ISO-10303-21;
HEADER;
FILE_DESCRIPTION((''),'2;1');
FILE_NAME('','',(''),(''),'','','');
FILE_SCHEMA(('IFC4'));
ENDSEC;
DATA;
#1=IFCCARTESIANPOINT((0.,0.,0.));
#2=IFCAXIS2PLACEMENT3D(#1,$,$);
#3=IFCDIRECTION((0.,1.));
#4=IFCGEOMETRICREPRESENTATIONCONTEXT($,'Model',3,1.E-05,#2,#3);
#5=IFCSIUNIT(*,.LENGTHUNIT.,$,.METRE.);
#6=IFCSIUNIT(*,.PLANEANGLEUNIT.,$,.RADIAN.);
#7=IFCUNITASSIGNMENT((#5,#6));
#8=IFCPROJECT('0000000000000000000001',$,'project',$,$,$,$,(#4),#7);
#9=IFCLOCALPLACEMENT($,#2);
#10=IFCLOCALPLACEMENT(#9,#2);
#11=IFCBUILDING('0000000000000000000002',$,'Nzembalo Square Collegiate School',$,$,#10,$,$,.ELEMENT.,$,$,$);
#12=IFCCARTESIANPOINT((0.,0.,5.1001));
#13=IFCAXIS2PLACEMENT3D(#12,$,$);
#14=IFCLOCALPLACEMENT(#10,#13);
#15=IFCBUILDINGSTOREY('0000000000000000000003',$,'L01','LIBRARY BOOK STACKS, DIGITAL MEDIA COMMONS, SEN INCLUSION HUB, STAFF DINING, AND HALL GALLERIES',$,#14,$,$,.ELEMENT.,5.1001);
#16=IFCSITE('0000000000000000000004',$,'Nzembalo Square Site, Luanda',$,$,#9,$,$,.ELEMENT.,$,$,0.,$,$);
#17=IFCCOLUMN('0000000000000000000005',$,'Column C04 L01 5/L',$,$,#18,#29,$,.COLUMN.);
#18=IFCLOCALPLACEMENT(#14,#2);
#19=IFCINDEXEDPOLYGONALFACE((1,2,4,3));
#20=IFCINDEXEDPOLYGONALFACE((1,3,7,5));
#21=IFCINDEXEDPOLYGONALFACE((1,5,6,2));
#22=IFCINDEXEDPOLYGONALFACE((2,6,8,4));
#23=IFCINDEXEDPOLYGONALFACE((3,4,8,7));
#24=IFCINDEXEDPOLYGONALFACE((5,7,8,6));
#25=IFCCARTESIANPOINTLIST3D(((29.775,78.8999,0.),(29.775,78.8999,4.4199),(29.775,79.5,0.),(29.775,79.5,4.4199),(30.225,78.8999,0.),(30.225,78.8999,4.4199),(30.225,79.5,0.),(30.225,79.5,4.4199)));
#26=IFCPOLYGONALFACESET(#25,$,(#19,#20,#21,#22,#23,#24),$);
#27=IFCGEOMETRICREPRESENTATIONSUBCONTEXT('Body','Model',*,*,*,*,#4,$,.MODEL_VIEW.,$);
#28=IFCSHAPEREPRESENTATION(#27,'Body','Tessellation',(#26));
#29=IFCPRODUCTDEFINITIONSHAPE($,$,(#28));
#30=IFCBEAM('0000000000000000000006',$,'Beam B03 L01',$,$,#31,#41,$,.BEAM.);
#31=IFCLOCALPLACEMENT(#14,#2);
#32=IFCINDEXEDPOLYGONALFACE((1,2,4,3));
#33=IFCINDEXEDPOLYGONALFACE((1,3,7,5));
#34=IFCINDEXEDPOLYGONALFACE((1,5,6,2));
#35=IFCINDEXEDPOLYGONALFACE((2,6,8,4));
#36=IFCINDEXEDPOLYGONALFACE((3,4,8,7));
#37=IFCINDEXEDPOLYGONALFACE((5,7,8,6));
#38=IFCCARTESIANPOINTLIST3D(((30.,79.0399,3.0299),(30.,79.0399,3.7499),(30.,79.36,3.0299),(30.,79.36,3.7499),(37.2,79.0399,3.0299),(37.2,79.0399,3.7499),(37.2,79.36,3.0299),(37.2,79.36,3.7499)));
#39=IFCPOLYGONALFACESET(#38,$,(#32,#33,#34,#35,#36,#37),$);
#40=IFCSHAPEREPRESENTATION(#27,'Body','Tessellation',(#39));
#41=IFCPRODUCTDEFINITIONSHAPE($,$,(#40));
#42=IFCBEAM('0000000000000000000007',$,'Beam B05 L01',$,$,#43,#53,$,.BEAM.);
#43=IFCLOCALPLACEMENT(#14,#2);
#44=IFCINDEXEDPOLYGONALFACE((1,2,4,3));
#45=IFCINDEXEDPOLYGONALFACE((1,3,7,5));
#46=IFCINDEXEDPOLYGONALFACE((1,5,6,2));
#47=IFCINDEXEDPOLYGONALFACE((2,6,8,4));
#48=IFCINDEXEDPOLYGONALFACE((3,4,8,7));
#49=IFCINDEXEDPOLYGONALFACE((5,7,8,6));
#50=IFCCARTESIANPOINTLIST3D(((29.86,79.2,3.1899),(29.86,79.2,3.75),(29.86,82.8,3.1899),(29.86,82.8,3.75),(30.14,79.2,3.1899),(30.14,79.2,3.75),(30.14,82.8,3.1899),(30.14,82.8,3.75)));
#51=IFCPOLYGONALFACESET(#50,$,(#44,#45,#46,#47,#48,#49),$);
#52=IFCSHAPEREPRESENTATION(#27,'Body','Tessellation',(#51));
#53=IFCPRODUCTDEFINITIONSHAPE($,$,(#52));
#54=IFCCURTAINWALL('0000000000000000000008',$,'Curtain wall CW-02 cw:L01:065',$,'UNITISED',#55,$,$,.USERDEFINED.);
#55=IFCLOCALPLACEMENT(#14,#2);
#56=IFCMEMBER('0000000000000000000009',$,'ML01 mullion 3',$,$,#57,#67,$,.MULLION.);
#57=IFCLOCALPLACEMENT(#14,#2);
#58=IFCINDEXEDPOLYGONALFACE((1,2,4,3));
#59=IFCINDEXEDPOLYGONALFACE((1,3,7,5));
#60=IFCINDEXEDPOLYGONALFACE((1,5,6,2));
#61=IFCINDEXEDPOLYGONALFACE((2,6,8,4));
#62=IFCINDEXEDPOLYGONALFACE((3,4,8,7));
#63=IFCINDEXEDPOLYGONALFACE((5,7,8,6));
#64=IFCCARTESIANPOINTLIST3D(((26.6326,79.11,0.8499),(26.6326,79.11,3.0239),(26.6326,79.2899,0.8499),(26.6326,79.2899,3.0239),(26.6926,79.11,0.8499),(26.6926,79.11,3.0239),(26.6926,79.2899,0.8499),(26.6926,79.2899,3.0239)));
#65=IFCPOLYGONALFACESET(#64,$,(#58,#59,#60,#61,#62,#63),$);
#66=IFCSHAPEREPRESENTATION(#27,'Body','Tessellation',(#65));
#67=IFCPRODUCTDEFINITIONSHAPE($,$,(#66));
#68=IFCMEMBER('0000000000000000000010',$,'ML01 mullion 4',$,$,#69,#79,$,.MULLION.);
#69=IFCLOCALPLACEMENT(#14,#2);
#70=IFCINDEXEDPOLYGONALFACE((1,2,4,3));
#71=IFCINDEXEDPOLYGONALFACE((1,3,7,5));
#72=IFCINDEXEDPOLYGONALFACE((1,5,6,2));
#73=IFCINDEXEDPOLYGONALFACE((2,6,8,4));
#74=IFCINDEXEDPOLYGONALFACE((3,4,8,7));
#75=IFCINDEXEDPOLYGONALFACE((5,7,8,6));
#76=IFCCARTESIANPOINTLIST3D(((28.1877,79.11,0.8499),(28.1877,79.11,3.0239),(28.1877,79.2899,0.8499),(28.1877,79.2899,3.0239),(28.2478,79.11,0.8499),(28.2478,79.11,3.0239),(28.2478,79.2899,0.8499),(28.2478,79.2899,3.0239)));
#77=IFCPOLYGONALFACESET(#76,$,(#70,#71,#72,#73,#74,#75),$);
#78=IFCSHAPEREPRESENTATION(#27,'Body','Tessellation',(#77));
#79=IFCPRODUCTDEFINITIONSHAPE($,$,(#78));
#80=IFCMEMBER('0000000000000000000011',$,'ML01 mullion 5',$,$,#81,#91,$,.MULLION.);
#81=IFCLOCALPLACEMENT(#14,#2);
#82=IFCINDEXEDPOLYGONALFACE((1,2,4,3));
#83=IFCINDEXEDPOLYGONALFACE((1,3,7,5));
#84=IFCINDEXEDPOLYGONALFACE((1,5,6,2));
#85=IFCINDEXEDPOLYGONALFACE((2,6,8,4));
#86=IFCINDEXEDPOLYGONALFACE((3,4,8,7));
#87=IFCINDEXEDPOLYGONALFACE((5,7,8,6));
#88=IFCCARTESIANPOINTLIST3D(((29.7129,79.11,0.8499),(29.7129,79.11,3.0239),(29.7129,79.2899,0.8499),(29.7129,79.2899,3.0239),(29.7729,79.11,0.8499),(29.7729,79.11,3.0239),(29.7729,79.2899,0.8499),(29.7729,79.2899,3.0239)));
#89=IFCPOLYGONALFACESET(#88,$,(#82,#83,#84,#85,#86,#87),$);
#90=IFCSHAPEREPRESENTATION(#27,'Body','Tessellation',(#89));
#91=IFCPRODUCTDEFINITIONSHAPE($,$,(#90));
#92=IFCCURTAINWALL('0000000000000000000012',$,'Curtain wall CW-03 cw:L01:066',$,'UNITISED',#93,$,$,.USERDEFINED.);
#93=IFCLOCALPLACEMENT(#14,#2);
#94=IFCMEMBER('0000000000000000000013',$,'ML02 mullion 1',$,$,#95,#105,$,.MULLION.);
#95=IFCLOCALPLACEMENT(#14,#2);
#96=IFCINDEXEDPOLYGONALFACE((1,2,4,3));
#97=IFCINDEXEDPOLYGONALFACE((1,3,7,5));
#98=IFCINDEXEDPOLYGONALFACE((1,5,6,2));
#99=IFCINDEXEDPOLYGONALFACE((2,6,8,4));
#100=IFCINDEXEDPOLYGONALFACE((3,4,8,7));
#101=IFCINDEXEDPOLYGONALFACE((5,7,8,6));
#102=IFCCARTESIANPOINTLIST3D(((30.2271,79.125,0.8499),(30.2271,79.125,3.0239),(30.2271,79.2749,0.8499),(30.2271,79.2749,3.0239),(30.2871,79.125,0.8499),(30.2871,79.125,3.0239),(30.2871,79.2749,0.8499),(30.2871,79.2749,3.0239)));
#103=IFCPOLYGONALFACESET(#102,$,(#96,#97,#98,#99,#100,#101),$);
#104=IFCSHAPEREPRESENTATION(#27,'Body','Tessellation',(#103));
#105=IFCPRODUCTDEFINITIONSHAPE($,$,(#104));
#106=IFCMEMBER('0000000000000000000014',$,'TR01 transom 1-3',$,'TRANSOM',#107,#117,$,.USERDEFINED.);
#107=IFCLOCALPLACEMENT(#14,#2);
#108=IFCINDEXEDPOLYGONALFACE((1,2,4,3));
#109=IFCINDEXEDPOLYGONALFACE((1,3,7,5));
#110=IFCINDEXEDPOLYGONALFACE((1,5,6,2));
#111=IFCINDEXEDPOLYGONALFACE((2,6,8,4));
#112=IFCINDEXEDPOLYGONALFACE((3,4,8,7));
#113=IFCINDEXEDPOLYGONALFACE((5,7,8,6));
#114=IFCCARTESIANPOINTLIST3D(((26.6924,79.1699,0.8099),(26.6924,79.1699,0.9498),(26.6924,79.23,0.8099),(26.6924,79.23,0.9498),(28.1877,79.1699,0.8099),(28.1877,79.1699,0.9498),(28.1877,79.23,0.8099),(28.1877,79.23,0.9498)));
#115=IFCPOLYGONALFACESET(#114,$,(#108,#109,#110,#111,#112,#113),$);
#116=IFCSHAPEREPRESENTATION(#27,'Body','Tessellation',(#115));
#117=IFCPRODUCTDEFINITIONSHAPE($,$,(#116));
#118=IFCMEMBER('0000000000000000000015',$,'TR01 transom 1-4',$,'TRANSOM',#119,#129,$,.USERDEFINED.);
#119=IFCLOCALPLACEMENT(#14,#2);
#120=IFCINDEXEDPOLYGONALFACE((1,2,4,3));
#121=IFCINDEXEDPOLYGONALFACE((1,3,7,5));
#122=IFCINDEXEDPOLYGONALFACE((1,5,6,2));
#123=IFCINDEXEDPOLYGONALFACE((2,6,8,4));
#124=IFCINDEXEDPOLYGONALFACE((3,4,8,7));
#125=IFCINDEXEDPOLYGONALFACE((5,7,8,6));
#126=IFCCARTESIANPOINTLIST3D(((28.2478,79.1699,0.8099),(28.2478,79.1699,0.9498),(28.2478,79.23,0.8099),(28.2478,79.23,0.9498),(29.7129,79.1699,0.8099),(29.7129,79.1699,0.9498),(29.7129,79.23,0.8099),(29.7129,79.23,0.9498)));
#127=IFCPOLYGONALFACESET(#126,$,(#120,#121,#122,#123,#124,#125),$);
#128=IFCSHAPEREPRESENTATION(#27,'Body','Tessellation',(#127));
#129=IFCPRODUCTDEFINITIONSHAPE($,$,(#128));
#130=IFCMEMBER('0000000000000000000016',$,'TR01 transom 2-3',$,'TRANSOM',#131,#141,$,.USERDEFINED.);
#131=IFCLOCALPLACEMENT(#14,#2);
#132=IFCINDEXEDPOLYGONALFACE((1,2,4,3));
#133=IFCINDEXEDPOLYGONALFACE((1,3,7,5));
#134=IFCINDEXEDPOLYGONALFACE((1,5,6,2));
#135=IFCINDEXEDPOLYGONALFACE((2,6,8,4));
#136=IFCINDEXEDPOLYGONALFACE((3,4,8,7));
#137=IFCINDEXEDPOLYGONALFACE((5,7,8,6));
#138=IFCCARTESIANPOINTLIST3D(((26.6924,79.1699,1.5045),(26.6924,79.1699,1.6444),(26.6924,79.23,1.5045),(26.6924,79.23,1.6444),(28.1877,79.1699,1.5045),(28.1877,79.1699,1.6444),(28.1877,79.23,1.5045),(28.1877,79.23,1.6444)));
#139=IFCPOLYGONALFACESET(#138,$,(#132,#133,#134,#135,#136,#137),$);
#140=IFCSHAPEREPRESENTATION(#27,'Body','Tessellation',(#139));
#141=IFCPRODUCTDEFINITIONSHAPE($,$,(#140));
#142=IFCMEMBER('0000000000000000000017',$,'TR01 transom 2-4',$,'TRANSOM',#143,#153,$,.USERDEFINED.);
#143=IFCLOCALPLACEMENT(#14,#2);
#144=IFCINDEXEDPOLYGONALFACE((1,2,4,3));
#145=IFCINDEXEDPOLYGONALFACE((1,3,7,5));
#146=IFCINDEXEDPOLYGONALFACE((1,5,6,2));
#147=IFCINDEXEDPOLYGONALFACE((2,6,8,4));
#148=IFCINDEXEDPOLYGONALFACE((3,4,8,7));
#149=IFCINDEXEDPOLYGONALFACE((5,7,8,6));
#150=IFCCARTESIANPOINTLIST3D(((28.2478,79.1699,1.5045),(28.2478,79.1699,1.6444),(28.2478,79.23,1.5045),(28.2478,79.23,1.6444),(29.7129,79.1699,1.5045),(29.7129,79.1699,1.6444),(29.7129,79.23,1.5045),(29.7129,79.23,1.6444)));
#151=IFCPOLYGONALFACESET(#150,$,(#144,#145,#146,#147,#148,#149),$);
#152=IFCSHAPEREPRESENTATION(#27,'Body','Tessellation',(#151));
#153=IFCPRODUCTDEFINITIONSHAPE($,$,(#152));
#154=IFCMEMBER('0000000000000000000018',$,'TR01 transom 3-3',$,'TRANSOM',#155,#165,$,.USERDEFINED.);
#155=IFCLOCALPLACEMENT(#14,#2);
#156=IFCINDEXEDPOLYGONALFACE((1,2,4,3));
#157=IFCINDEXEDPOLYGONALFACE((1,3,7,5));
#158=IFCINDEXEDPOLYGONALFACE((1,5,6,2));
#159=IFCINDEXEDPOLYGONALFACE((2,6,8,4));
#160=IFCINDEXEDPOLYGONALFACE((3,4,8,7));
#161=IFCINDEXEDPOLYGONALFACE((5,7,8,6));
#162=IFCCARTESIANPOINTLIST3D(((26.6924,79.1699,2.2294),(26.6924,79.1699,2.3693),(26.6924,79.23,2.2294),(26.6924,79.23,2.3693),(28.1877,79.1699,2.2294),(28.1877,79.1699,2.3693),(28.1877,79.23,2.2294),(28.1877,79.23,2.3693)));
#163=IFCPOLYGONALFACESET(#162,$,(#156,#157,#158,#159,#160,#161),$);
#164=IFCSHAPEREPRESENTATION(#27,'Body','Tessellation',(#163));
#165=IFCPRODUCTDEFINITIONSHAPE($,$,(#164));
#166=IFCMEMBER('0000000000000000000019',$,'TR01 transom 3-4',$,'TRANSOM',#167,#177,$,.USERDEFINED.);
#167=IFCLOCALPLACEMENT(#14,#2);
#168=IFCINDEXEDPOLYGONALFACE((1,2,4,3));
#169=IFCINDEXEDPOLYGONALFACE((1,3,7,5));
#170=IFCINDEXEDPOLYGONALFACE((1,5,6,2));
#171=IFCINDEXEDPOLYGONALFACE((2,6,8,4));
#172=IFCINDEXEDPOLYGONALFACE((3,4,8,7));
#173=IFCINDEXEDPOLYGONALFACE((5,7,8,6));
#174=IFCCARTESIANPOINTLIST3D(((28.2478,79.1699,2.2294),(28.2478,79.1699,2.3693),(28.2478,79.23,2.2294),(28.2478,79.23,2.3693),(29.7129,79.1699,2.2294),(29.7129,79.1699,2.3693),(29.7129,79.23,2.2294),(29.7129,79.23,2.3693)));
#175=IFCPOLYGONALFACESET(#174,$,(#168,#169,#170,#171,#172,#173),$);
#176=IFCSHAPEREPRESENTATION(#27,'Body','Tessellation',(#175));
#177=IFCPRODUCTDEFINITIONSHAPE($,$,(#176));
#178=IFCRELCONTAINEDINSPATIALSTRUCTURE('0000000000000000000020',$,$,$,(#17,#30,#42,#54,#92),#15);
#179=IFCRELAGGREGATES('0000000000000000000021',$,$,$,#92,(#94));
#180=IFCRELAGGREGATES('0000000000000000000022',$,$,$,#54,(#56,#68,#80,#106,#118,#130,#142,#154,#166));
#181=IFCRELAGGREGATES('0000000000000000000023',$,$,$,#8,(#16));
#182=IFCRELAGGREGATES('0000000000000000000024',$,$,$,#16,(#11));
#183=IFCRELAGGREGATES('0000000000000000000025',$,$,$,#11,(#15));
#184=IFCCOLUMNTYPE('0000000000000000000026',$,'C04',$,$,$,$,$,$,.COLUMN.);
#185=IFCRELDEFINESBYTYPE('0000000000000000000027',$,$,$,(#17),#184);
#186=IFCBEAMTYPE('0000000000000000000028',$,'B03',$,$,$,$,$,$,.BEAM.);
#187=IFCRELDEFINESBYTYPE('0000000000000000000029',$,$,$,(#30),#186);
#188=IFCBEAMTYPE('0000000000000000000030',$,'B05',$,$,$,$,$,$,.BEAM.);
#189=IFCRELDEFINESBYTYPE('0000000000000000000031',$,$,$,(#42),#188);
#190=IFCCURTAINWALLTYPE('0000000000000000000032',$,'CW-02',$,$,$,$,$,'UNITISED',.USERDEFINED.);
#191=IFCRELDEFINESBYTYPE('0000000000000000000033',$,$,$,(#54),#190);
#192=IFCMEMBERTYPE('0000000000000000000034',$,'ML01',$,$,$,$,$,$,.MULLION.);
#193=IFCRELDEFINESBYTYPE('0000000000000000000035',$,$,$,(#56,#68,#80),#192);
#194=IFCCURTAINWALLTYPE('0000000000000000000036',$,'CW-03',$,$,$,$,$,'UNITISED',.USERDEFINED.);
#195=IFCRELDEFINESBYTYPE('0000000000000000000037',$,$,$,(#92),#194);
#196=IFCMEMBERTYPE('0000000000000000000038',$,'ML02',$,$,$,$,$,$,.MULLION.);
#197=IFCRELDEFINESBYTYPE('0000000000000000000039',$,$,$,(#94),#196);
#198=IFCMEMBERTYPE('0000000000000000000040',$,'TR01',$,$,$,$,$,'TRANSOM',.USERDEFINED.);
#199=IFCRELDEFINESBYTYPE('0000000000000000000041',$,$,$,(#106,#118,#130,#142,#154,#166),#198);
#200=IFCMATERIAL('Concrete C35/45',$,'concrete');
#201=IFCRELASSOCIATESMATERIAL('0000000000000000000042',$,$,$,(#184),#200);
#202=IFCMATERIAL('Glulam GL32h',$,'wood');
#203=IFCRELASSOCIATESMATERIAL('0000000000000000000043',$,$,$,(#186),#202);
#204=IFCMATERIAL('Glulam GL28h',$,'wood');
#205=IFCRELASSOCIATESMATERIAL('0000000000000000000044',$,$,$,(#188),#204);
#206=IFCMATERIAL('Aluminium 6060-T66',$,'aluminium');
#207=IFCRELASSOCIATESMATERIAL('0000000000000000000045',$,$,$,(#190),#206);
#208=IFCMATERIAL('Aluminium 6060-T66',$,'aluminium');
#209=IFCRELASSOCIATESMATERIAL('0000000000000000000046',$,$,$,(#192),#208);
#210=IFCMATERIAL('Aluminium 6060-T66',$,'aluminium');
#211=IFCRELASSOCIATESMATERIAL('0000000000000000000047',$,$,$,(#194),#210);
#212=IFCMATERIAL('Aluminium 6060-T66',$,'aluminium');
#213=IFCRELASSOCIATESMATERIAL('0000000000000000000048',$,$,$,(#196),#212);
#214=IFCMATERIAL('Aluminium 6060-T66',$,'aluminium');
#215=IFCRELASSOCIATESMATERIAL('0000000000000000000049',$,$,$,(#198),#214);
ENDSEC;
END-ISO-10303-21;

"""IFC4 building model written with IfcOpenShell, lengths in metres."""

from ifc_helpers import new_model, si_unit, direction, frame, origin, origin_2d, place, context, subcontext, project, spatial, rectangle, extrude, material, material_profile, profile_set, type_object, element, aggregate, save


model = new_model("IFC4")

# Units and contexts
model_context = context("Model", 3, precision=1e-05, world=origin(), true_north=direction((0.0, 1.0)))
body_context = subcontext(model_context, "Body", "Model", "MODEL_VIEW")
ifc_project = project(units=[si_unit("LENGTHUNIT", "METRE"), si_unit("PLANEANGLEUNIT", "RADIAN")], contexts=[model_context])

# Site, building, storey
site_placement = place(None, origin())
site = spatial("IfcSite", under=ifc_project, at=site_placement, Name="Nzembalo Square Site, Luanda", CompositionType="ELEMENT", RefElevation=0.0)
building_placement = place(site_placement, origin())
building = spatial("IfcBuilding", under=site, at=building_placement, Name="Nzembalo Square Collegiate School", CompositionType="ELEMENT")
storey_placement = place(building_placement, frame((0.0, 0.0, 5.1001)))
storey = spatial("IfcBuildingStorey", under=building, at=storey_placement, Name="L01", Description="LIBRARY BOOK STACKS, DIGITAL MEDIA COMMONS, SEN INCLUSION HUB, STAFF DINING, AND HALL GALLERIES", CompositionType="ELEMENT", Elevation=5.1001)

# Column
ifc_material_1 = material(Name="Concrete C35/45", Category="concrete")
ifc_material_profile_1 = material_profile(ifc_material_1, rectangle(XDim=0.45, YDim=0.6001, at=origin_2d()), Name="RC 450x600")
ifc_profile_set_1 = profile_set([ifc_material_profile_1], Name="Concrete C35/45")
column_type = type_object("IfcColumnType", Name="C04", PredefinedType="COLUMN", material=ifc_profile_set_1)
column_placement = place(storey_placement, frame((30.0, 79.2, 0.0), z_axis=(0.0, 0.0, 1.0), x_axis=(1.0, 0.0, 0.0)))
element("IfcColumn", 1, at=column_placement, inside=storey, type_object=column_type, Name="Column C04 L01 5/L", PredefinedType="COLUMN", context=body_context, shape_type="SweptSolid", body=[
    extrude(rectangle(XDim=0.45, YDim=0.6001, at=origin_2d()), origin(), (0.0, 0.0, 1.0), 4.4199),
])

# Beams
ifc_material_2 = material(Name="Glulam GL32h", Category="wood")
ifc_material_profile_2 = material_profile(ifc_material_2, rectangle(XDim=0.3201, YDim=0.72, at=origin_2d()), Name="GL32h 320x720")
ifc_profile_set_2 = profile_set([ifc_material_profile_2], Name="Glulam GL32h")
beam_type_1 = type_object("IfcBeamType", Name="B03", PredefinedType="BEAM", material=ifc_profile_set_2)
beam_1_placement = place(storey_placement, frame((30.0, 79.2, 3.3899), z_axis=(1.0, 0.0, 0.0), x_axis=(0.0, 1.0, 0.0)))
element("IfcBeam", 2, at=beam_1_placement, inside=storey, type_object=beam_type_1, Name="Beam B03 L01", PredefinedType="BEAM", context=body_context, shape_type="SweptSolid", body=[
    extrude(rectangle(XDim=0.3201, YDim=0.72, at=origin_2d()), origin(), (0.0, 0.0, 1.0), 7.2),
])
ifc_material_3 = material(Name="Glulam GL28h", Category="wood")
ifc_material_profile_3 = material_profile(ifc_material_3, rectangle(XDim=0.28, YDim=0.5601, at=origin_2d()), Name="GL28h 280x560")
ifc_profile_set_3 = profile_set([ifc_material_profile_3], Name="Glulam GL28h")
beam_type_2 = type_object("IfcBeamType", Name="B05", PredefinedType="BEAM", material=ifc_profile_set_3)
beam_2_placement = place(storey_placement, frame((30.0, 79.2, 3.47), z_axis=(0.0, 1.0, 0.0), x_axis=(-1.0, 0.0, 0.0)))
element("IfcBeam", 3, at=beam_2_placement, inside=storey, type_object=beam_type_2, Name="Beam B05 L01", PredefinedType="BEAM", context=body_context, shape_type="SweptSolid", body=[
    extrude(rectangle(XDim=0.28, YDim=0.5601, at=origin_2d()), origin(), (0.0, 0.0, 1.0), 3.6001),
])

# Curtain wall, members
ifc_material_4 = material(Name="Aluminium 6060-T66", Category="aluminium")
curtain_wall_type_1 = type_object("IfcCurtainWallType", Name="CW-02", ElementType="UNITISED", PredefinedType="USERDEFINED", material=ifc_material_4)
curtain_wall_1_placement = place(storey_placement, origin())
curtain_wall_1 = element("IfcCurtainWall", 4, at=curtain_wall_1_placement, inside=storey, type_object=curtain_wall_type_1, Name="Curtain wall CW-02 cw:L01:065", ObjectType="UNITISED", PredefinedType="USERDEFINED")
ifc_material_5 = material(Name="Aluminium 6060-T66", Category="aluminium")
ifc_material_profile_4 = material_profile(ifc_material_5, rectangle(XDim=0.0601, YDim=0.1799, at=origin_2d()), Name="ALU M60x180")
ifc_profile_set_4 = profile_set([ifc_material_profile_4], Name="Aluminium 6060-T66")
member_type_1 = type_object("IfcMemberType", Name="ML01", PredefinedType="MULLION", material=ifc_profile_set_4)
member_1_placement = place(storey_placement, frame((26.6626, 79.2, 0.8499), z_axis=(0.0, 0.0, 1.0), x_axis=(1.0, 0.0, 0.0)))
member_1 = element("IfcMember", 5, at=member_1_placement, type_object=member_type_1, Name="ML01 mullion 3", PredefinedType="MULLION", context=body_context, shape_type="SweptSolid", body=[
    extrude(rectangle(XDim=0.0601, YDim=0.1799, at=origin_2d()), origin(), (0.0, 0.0, 1.0), 2.1741),
])
member_2_placement = place(storey_placement, frame((28.2178, 79.2, 0.8499), z_axis=(0.0, 0.0, 1.0), x_axis=(1.0, 0.0, 0.0)))
member_2 = element("IfcMember", 6, at=member_2_placement, type_object=member_type_1, Name="ML01 mullion 4", PredefinedType="MULLION", context=body_context, shape_type="SweptSolid", body=[
    extrude(rectangle(XDim=0.0601, YDim=0.1799, at=origin_2d()), origin(), (0.0, 0.0, 1.0), 2.1741),
])
member_3_placement = place(storey_placement, frame((29.7429, 79.2, 0.8499), z_axis=(0.0, 0.0, 1.0), x_axis=(1.0, 0.0, 0.0)))
member_3 = element("IfcMember", 7, at=member_3_placement, type_object=member_type_1, Name="ML01 mullion 5", PredefinedType="MULLION", context=body_context, shape_type="SweptSolid", body=[
    extrude(rectangle(XDim=0.0601, YDim=0.1799, at=origin_2d()), origin(), (0.0, 0.0, 1.0), 2.1741),
])

# Curtain wall, member
ifc_material_6 = material(Name="Aluminium 6060-T66", Category="aluminium")
curtain_wall_type_2 = type_object("IfcCurtainWallType", Name="CW-03", ElementType="UNITISED", PredefinedType="USERDEFINED", material=ifc_material_6)
curtain_wall_2_placement = place(storey_placement, origin())
curtain_wall_2 = element("IfcCurtainWall", 8, at=curtain_wall_2_placement, inside=storey, type_object=curtain_wall_type_2, Name="Curtain wall CW-03 cw:L01:066", ObjectType="UNITISED", PredefinedType="USERDEFINED")
ifc_material_7 = material(Name="Aluminium 6060-T66", Category="aluminium")
ifc_material_profile_5 = material_profile(ifc_material_7, rectangle(XDim=0.0601, YDim=0.1499, at=origin_2d()), Name="ALU M60x150")
ifc_profile_set_5 = profile_set([ifc_material_profile_5], Name="Aluminium 6060-T66")
member_type_2 = type_object("IfcMemberType", Name="ML02", PredefinedType="MULLION", material=ifc_profile_set_5)
member_4_placement = place(storey_placement, frame((30.2571, 79.2, 0.8499), z_axis=(0.0, 0.0, 1.0), x_axis=(1.0, 0.0, 0.0)))
member_4 = element("IfcMember", 9, at=member_4_placement, type_object=member_type_2, Name="ML02 mullion 1", PredefinedType="MULLION", context=body_context, shape_type="SweptSolid", body=[
    extrude(rectangle(XDim=0.0601, YDim=0.1499, at=origin_2d()), origin(), (0.0, 0.0, 1.0), 2.1741),
])

# Members
ifc_material_8 = material(Name="Aluminium 6060-T66", Category="aluminium")
ifc_material_profile_6 = material_profile(ifc_material_8, rectangle(XDim=0.0601, YDim=0.1399, at=origin_2d()), Name="ALU T60x140")
ifc_profile_set_6 = profile_set([ifc_material_profile_6], Name="Aluminium 6060-T66")
member_type_3 = type_object("IfcMemberType", Name="TR01", ElementType="TRANSOM", PredefinedType="USERDEFINED", material=ifc_profile_set_6)
member_5_placement = place(storey_placement, frame((26.6924, 79.2, 0.8799), z_axis=(1.0, 0.0, 0.0), x_axis=(0.0, 1.0, 0.0)))
member_5 = element("IfcMember", 10, at=member_5_placement, type_object=member_type_3, Name="TR01 transom 1-3", ObjectType="TRANSOM", PredefinedType="USERDEFINED", context=body_context, shape_type="SweptSolid", body=[
    extrude(rectangle(XDim=0.0601, YDim=0.1399, at=origin_2d()), origin(), (0.0, 0.0, 1.0), 1.4954),
])
member_6_placement = place(storey_placement, frame((28.2478, 79.2, 0.8799), z_axis=(1.0, 0.0, 0.0), x_axis=(0.0, 1.0, 0.0)))
member_6 = element("IfcMember", 11, at=member_6_placement, type_object=member_type_3, Name="TR01 transom 1-4", ObjectType="TRANSOM", PredefinedType="USERDEFINED", context=body_context, shape_type="SweptSolid", body=[
    extrude(rectangle(XDim=0.0601, YDim=0.1399, at=origin_2d()), origin(), (0.0, 0.0, 1.0), 1.4651),
])
member_7_placement = place(storey_placement, frame((26.6924, 79.2, 1.5745), z_axis=(1.0, 0.0, 0.0), x_axis=(0.0, 1.0, 0.0)))
member_7 = element("IfcMember", 12, at=member_7_placement, type_object=member_type_3, Name="TR01 transom 2-3", ObjectType="TRANSOM", PredefinedType="USERDEFINED", context=body_context, shape_type="SweptSolid", body=[
    extrude(rectangle(XDim=0.0601, YDim=0.1399, at=origin_2d()), origin(), (0.0, 0.0, 1.0), 1.4954),
])
member_8_placement = place(storey_placement, frame((28.2478, 79.2, 1.5745), z_axis=(1.0, 0.0, 0.0), x_axis=(0.0, 1.0, 0.0)))
member_8 = element("IfcMember", 13, at=member_8_placement, type_object=member_type_3, Name="TR01 transom 2-4", ObjectType="TRANSOM", PredefinedType="USERDEFINED", context=body_context, shape_type="SweptSolid", body=[
    extrude(rectangle(XDim=0.0601, YDim=0.1399, at=origin_2d()), origin(), (0.0, 0.0, 1.0), 1.4651),
])
member_9_placement = place(storey_placement, frame((26.6924, 79.2, 2.2993), z_axis=(1.0, 0.0, 0.0), x_axis=(0.0, 1.0, 0.0)))
member_9 = element("IfcMember", 14, at=member_9_placement, type_object=member_type_3, Name="TR01 transom 3-3", ObjectType="TRANSOM", PredefinedType="USERDEFINED", context=body_context, shape_type="SweptSolid", body=[
    extrude(rectangle(XDim=0.0601, YDim=0.1399, at=origin_2d()), origin(), (0.0, 0.0, 1.0), 1.4954),
])
member_10_placement = place(storey_placement, frame((28.2478, 79.2, 2.2993), z_axis=(1.0, 0.0, 0.0), x_axis=(0.0, 1.0, 0.0)))
member_10 = element("IfcMember", 15, at=member_10_placement, type_object=member_type_3, Name="TR01 transom 3-4", ObjectType="TRANSOM", PredefinedType="USERDEFINED", context=body_context, shape_type="SweptSolid", body=[
    extrude(rectangle(XDim=0.0601, YDim=0.1399, at=origin_2d()), origin(), (0.0, 0.0, 1.0), 1.4651),
])
aggregate(curtain_wall_2, [member_4])

aggregate(curtain_wall_1, [member_1, member_2, member_3, member_5, member_6, member_7, member_8, member_9, member_10])

save(model, "model.ifc")
